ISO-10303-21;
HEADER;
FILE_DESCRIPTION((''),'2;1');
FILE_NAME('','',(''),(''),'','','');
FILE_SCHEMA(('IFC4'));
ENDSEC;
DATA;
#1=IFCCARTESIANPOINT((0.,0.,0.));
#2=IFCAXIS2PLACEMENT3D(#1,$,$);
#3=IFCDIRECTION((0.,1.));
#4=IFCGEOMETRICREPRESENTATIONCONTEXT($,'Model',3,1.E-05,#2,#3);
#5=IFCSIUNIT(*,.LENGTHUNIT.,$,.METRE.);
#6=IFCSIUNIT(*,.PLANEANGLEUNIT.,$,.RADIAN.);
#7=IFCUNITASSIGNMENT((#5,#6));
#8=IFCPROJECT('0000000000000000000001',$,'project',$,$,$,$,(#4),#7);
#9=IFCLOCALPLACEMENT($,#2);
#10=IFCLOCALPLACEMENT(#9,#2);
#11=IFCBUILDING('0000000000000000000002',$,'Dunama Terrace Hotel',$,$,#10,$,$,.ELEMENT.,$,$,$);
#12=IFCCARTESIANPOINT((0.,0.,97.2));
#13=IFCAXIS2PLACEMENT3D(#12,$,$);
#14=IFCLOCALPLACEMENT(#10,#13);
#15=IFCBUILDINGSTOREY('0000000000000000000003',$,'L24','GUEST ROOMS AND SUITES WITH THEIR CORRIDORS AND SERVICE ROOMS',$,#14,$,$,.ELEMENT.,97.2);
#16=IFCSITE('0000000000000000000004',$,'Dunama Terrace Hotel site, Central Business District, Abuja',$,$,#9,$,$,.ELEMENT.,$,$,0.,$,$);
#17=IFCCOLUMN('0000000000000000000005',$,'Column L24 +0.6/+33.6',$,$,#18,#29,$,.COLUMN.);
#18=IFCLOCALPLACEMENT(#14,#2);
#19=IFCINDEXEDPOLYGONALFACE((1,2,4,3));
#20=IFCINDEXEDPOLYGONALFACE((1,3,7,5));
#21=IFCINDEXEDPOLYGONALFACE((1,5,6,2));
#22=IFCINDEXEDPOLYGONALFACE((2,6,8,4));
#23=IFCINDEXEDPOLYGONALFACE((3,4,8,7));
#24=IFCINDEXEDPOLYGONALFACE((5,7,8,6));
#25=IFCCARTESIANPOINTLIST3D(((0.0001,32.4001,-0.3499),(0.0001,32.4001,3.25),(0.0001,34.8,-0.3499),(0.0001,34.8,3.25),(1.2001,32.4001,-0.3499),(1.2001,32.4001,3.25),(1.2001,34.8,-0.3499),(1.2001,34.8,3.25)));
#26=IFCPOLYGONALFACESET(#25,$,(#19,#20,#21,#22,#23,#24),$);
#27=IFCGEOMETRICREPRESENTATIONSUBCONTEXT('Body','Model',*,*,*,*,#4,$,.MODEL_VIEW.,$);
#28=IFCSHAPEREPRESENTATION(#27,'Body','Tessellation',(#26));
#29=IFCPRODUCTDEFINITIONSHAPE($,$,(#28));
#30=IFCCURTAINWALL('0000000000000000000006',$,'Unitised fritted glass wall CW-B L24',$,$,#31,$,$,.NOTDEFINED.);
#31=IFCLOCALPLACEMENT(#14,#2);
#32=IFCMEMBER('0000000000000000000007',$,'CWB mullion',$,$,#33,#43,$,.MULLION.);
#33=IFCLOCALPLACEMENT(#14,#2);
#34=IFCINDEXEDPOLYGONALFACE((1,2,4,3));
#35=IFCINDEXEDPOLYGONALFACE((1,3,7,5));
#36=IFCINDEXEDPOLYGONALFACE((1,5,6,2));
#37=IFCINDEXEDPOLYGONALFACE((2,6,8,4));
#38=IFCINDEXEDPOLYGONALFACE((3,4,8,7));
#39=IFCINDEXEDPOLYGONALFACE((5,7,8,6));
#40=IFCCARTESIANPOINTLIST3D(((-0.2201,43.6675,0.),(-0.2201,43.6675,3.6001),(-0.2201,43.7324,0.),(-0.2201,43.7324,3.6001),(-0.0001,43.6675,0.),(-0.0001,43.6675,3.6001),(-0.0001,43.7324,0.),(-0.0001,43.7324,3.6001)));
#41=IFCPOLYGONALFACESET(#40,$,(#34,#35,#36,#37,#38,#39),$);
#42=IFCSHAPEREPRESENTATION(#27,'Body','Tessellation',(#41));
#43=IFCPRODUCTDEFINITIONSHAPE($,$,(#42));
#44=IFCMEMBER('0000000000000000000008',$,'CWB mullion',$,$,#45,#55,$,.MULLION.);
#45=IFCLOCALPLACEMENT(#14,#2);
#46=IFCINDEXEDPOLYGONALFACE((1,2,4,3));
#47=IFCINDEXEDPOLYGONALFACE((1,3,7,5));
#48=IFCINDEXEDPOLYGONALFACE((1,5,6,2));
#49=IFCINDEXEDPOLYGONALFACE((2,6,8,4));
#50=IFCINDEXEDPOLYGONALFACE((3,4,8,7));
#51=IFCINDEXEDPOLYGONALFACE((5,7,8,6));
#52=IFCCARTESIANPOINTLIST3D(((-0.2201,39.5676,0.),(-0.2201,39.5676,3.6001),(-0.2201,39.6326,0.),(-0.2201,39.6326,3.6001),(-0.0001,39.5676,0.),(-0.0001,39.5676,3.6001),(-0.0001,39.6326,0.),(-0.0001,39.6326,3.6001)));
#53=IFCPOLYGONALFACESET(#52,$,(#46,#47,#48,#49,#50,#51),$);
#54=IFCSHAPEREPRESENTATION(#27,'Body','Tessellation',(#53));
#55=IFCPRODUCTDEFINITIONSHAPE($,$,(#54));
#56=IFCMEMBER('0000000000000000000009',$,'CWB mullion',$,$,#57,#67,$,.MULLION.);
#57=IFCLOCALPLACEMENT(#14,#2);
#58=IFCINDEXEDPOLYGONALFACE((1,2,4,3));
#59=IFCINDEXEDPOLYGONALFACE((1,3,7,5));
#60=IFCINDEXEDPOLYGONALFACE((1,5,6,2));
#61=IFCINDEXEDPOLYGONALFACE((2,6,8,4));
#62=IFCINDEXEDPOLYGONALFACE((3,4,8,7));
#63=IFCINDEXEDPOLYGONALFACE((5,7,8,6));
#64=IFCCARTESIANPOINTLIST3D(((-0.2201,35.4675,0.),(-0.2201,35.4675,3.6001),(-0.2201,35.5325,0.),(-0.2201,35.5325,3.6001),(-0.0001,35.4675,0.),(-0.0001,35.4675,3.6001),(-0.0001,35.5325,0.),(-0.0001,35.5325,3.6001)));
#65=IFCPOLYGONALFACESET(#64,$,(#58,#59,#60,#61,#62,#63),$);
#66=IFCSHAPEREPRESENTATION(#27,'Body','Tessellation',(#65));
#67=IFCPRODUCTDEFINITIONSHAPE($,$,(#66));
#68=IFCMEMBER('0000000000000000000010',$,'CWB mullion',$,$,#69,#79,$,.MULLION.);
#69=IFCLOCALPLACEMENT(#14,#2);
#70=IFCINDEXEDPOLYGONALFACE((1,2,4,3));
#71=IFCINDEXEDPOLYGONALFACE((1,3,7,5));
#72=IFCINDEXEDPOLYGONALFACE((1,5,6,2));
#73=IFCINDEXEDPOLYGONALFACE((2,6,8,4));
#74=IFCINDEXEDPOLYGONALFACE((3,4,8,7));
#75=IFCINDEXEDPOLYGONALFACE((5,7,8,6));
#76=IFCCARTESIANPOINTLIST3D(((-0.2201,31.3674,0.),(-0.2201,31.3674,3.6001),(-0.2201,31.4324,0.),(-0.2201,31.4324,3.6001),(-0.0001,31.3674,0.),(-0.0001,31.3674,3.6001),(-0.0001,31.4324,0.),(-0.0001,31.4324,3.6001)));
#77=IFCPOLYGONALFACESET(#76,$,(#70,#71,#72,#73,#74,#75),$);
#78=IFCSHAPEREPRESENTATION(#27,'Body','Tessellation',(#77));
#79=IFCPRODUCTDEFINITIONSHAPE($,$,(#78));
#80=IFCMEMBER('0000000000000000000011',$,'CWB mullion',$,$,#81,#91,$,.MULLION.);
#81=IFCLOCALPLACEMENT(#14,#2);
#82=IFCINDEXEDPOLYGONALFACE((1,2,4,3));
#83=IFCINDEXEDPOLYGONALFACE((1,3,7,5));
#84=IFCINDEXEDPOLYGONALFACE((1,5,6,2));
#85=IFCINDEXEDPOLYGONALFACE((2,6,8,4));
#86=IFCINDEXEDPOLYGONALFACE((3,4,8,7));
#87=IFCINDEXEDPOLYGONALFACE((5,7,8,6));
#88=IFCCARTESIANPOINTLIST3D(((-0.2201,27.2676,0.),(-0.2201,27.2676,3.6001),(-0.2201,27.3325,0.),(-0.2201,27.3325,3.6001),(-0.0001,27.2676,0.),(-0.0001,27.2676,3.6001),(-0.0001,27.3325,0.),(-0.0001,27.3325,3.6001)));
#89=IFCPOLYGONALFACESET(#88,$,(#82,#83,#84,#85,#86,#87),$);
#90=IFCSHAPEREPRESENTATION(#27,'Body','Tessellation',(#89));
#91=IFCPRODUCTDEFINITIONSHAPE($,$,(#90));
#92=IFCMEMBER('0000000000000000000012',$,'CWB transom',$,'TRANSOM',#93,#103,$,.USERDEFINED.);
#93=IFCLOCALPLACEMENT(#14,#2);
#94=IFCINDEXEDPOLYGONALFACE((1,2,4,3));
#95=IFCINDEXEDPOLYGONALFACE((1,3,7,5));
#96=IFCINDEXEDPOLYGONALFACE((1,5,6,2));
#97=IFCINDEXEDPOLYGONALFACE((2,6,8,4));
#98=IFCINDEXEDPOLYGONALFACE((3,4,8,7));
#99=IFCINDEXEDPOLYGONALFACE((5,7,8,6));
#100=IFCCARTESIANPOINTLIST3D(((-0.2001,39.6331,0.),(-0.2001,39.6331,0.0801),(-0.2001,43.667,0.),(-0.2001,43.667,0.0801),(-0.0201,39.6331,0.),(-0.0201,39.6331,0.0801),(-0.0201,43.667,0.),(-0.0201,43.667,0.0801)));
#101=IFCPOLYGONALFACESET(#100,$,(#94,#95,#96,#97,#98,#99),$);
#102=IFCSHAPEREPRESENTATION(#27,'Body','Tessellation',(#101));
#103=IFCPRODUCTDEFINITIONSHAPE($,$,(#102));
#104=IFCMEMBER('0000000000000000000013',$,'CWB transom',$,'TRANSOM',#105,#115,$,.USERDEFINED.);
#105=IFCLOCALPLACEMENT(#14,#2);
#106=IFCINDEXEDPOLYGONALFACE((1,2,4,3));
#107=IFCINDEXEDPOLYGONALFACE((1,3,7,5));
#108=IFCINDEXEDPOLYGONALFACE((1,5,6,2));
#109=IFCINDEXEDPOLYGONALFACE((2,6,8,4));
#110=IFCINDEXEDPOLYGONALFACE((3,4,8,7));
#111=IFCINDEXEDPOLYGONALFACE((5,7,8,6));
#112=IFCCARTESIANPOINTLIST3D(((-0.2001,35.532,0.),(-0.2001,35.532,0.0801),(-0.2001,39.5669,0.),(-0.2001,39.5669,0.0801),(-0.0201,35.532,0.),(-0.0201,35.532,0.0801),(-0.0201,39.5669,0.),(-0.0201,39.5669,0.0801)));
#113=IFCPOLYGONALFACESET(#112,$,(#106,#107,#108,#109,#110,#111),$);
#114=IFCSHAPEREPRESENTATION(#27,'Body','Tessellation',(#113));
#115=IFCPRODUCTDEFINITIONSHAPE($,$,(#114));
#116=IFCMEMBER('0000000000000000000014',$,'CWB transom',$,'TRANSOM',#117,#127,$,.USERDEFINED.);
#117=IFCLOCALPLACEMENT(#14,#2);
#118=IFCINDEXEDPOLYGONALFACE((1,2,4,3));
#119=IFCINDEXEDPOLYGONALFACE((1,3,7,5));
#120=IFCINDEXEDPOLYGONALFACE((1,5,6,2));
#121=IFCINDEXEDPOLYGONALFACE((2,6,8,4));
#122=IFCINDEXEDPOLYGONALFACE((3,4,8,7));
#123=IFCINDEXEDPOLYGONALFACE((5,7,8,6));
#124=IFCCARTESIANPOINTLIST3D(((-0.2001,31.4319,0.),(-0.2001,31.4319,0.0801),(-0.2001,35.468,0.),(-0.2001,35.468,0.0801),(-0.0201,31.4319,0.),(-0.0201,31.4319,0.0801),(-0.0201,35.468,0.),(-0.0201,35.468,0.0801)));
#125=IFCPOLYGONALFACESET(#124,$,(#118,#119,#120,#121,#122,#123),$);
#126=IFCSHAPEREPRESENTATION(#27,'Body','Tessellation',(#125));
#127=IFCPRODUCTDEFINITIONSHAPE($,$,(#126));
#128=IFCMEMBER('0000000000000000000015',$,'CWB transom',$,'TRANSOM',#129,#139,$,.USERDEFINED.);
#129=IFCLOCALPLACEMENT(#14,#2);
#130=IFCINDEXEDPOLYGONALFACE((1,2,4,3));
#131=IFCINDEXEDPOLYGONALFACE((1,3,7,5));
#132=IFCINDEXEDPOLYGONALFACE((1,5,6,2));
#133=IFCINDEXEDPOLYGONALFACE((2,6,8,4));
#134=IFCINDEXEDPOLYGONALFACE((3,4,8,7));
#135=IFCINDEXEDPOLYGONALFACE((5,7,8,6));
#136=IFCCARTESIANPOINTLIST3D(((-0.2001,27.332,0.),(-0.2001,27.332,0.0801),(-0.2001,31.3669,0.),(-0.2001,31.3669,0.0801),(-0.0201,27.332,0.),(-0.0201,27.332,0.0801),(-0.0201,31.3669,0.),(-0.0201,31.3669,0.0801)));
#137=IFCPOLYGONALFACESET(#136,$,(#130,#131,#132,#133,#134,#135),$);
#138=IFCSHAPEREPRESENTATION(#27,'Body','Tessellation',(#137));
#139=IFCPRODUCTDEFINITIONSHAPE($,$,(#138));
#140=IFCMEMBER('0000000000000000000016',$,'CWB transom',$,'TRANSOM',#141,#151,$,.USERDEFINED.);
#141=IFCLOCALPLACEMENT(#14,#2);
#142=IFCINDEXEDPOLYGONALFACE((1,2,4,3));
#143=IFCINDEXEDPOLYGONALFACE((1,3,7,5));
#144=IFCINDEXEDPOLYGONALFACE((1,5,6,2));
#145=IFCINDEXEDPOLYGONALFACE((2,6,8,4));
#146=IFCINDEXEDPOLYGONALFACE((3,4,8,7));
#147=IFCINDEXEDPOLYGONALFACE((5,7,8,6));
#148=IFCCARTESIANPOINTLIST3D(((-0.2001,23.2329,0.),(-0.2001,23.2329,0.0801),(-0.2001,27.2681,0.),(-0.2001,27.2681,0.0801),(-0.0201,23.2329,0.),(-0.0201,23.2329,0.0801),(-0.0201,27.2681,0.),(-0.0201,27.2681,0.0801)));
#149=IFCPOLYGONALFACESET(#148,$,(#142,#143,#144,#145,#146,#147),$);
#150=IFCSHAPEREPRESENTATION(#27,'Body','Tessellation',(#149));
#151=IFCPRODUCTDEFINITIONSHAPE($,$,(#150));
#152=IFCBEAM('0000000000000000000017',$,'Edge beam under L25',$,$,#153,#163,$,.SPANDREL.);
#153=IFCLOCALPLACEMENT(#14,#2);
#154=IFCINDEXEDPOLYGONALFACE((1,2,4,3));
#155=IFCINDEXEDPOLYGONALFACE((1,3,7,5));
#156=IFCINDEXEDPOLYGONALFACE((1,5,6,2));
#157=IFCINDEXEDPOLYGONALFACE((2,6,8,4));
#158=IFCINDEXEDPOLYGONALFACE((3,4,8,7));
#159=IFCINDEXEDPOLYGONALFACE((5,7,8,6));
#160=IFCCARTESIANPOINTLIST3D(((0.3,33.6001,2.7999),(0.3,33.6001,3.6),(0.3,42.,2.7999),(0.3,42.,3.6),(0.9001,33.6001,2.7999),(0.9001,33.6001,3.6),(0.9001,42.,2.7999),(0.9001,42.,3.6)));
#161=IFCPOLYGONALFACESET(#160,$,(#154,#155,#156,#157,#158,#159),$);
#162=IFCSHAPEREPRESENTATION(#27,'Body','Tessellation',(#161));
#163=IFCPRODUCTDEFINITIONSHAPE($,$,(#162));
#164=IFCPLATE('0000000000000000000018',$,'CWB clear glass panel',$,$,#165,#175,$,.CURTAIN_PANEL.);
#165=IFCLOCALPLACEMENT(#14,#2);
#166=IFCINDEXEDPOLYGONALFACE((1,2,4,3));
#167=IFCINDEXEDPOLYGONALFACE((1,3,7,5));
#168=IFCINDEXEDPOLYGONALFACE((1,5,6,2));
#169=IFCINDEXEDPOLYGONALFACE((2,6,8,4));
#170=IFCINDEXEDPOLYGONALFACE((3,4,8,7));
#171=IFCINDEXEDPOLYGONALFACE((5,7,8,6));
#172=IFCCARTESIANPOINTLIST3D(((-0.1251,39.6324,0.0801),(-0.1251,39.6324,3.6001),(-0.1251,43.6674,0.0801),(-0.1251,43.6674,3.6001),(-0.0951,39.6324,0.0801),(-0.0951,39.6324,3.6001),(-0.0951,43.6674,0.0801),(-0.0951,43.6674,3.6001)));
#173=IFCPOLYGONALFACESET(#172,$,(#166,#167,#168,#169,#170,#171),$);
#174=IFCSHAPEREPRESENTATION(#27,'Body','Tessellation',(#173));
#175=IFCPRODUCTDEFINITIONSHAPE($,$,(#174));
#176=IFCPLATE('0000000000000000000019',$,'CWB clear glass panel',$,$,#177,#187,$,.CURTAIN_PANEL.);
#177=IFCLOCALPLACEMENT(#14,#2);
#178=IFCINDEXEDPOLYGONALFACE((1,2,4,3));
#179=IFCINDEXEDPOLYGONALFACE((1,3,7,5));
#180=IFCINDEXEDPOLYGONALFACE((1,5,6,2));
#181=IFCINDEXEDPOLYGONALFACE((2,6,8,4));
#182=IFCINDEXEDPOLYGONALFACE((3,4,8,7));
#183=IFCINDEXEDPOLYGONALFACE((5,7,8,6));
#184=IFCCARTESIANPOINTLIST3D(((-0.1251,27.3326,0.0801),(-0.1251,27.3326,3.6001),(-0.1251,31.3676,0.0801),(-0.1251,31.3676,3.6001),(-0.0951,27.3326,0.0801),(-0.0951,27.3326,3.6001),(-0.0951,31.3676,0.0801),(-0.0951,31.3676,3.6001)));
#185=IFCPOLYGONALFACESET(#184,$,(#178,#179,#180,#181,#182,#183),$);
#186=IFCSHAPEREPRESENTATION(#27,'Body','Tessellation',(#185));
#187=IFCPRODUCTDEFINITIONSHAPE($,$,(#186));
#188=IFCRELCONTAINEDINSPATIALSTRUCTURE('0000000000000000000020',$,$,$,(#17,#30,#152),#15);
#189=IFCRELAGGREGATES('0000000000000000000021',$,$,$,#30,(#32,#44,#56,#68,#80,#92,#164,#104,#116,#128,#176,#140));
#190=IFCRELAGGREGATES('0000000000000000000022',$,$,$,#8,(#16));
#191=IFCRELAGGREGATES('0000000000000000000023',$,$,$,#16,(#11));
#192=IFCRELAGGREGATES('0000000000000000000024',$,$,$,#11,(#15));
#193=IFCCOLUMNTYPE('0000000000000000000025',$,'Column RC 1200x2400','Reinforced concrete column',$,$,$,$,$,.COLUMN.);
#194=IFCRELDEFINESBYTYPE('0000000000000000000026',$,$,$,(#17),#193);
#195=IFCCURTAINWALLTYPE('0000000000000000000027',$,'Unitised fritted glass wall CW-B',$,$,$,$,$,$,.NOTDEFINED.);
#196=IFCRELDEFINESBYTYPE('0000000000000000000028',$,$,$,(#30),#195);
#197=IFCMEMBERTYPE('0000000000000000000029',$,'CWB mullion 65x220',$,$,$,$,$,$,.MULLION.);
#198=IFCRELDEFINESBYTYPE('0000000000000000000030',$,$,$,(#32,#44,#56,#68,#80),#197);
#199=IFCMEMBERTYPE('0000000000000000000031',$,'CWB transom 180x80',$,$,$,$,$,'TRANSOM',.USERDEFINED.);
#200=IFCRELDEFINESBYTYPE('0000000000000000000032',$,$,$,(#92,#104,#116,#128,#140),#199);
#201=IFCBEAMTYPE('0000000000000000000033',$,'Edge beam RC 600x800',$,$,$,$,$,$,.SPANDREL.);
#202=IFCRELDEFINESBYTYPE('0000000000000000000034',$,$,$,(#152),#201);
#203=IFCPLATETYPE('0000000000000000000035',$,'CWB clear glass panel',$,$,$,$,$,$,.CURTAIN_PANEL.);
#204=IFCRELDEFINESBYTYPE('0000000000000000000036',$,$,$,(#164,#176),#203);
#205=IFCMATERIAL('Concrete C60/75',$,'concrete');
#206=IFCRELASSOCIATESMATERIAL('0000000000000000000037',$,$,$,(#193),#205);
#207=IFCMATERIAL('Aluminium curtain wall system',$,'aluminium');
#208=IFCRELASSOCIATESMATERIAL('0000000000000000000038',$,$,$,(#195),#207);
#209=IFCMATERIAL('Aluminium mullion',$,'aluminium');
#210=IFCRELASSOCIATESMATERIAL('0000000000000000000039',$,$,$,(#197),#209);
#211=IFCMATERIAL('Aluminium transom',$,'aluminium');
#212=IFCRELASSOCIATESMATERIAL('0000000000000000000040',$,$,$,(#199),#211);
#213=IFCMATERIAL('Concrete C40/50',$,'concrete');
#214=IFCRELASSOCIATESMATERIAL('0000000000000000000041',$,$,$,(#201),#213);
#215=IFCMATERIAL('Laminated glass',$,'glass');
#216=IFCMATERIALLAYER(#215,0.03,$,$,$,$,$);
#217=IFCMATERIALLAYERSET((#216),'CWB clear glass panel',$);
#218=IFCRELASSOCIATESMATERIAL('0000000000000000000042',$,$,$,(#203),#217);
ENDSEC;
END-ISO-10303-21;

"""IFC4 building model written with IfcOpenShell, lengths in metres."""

from ifc_helpers import new_model, si_unit, direction, frame, origin, origin_2d, place, context, subcontext, project, spatial, rectangle, extrude, material, layer, layer_set, material_profile, profile_set, type_object, element, aggregate, save


model = new_model("IFC4")

# Units and contexts
model_context = context("Model", 3, precision=1e-05, world=origin(), true_north=direction((0.0, 1.0)))
body_context = subcontext(model_context, "Body", "Model", "MODEL_VIEW")
ifc_project = project(units=[si_unit("LENGTHUNIT", "METRE"), si_unit("PLANEANGLEUNIT", "RADIAN")], contexts=[model_context])

# Site, building, storey
site_placement = place(None, origin())
site = spatial("IfcSite", under=ifc_project, at=site_placement, Name="Dunama Terrace Hotel site, Central Business District, Abuja", CompositionType="ELEMENT", RefElevation=0.0)
building_placement = place(site_placement, origin())
building = spatial("IfcBuilding", under=site, at=building_placement, Name="Dunama Terrace Hotel", CompositionType="ELEMENT")
storey_placement = place(building_placement, frame((0.0, 0.0, 97.2)))
storey = spatial("IfcBuildingStorey", under=building, at=storey_placement, Name="L24", Description="GUEST ROOMS AND SUITES WITH THEIR CORRIDORS AND SERVICE ROOMS", CompositionType="ELEMENT", Elevation=97.2)

# Column
ifc_material_1 = material(Name="Concrete C60/75", Category="concrete")
ifc_material_profile_1 = material_profile(ifc_material_1, rectangle(XDim=1.2, YDim=2.3999, at=origin_2d()), Name="RC 1200x2400")
ifc_profile_set_1 = profile_set([ifc_material_profile_1], Name="Concrete C60/75")
column_type = type_object("IfcColumnType", Name="Column RC 1200x2400", Description="Reinforced concrete column", PredefinedType="COLUMN", material=ifc_profile_set_1)
column_placement = place(storey_placement, frame((0.6001, 33.6001, -0.3499), z_axis=(0.0, 0.0, 1.0), x_axis=(1.0, 0.0, 0.0)))
element("IfcColumn", 1, at=column_placement, inside=storey, type_object=column_type, Name="Column L24 +0.6/+33.6", PredefinedType="COLUMN", context=body_context, shape_type="SweptSolid", body=[
    extrude(rectangle(XDim=1.2, YDim=2.3999, at=origin_2d()), origin(), (0.0, 0.0, 1.0), 3.5999),
])

# Curtain wall, members
ifc_material_2 = material(Name="Aluminium curtain wall system", Category="aluminium")
curtain_wall_type = type_object("IfcCurtainWallType", Name="Unitised fritted glass wall CW-B", PredefinedType="NOTDEFINED", material=ifc_material_2)
curtain_wall_placement = place(storey_placement, origin())
curtain_wall = element("IfcCurtainWall", 2, at=curtain_wall_placement, inside=storey, type_object=curtain_wall_type, Name="Unitised fritted glass wall CW-B L24", PredefinedType="NOTDEFINED")
ifc_material_3 = material(Name="Aluminium mullion", Category="aluminium")
ifc_material_profile_2 = material_profile(ifc_material_3, rectangle(XDim=0.0649, YDim=0.22, at=origin_2d()), Name="CWB MULLION 65X220")
ifc_profile_set_2 = profile_set([ifc_material_profile_2], Name="Aluminium mullion")
member_type_1 = type_object("IfcMemberType", Name="CWB mullion 65x220", PredefinedType="MULLION", material=ifc_profile_set_2)
member_1_placement = place(storey_placement, frame((-0.1101, 43.7, 0.0), z_axis=(0.0, 0.0, 1.0), x_axis=(0.0, -1.0, 0.0)))
member_1 = element("IfcMember", 3, at=member_1_placement, type_object=member_type_1, Name="CWB mullion", PredefinedType="MULLION", context=body_context, shape_type="SweptSolid", body=[
    extrude(rectangle(XDim=0.0649, YDim=0.22, at=origin_2d()), origin(), (0.0, 0.0, 1.0), 3.6001),
])
member_2_placement = place(storey_placement, frame((-0.1101, 39.6001, 0.0), z_axis=(0.0, 0.0, 1.0), x_axis=(0.0, -1.0, 0.0)))
member_2 = element("IfcMember", 4, at=member_2_placement, type_object=member_type_1, Name="CWB mullion", PredefinedType="MULLION", context=body_context, shape_type="SweptSolid", body=[
    extrude(rectangle(XDim=0.0649, YDim=0.22, at=origin_2d()), origin(), (0.0, 0.0, 1.0), 3.6001),
])
member_3_placement = place(storey_placement, frame((-0.1101, 35.5, 0.0), z_axis=(0.0, 0.0, 1.0), x_axis=(0.0, -1.0, 0.0)))
member_3 = element("IfcMember", 5, at=member_3_placement, type_object=member_type_1, Name="CWB mullion", PredefinedType="MULLION", context=body_context, shape_type="SweptSolid", body=[
    extrude(rectangle(XDim=0.0649, YDim=0.22, at=origin_2d()), origin(), (0.0, 0.0, 1.0), 3.6001),
])
member_4_placement = place(storey_placement, frame((-0.1101, 31.3999, 0.0), z_axis=(0.0, 0.0, 1.0), x_axis=(0.0, -1.0, 0.0)))
member_4 = element("IfcMember", 6, at=member_4_placement, type_object=member_type_1, Name="CWB mullion", PredefinedType="MULLION", context=body_context, shape_type="SweptSolid", body=[
    extrude(rectangle(XDim=0.0649, YDim=0.22, at=origin_2d()), origin(), (0.0, 0.0, 1.0), 3.6001),
])
member_5_placement = place(storey_placement, frame((-0.1101, 27.3, 0.0), z_axis=(0.0, 0.0, 1.0), x_axis=(0.0, -1.0, 0.0)))
member_5 = element("IfcMember", 7, at=member_5_placement, type_object=member_type_1, Name="CWB mullion", PredefinedType="MULLION", context=body_context, shape_type="SweptSolid", body=[
    extrude(rectangle(XDim=0.0649, YDim=0.22, at=origin_2d()), origin(), (0.0, 0.0, 1.0), 3.6001),
])
ifc_material_4 = material(Name="Aluminium transom", Category="aluminium")
ifc_material_profile_3 = material_profile(ifc_material_4, rectangle(XDim=0.1799, YDim=0.0801, at=origin_2d()), Name="CWB TRANSOM 180X80")
ifc_profile_set_3 = profile_set([ifc_material_profile_3], Name="Aluminium transom")
member_type_2 = type_object("IfcMemberType", Name="CWB transom 180x80", ElementType="TRANSOM", PredefinedType="USERDEFINED", material=ifc_profile_set_3)
member_6_placement = place(storey_placement, frame((-0.1101, 43.667, 0.04), z_axis=(0.0, -1.0, 0.0), x_axis=(1.0, 0.0, 0.0)))
member_6 = element("IfcMember", 8, at=member_6_placement, type_object=member_type_2, Name="CWB transom", ObjectType="TRANSOM", PredefinedType="USERDEFINED", context=body_context, shape_type="SweptSolid", body=[
    extrude(rectangle(XDim=0.1799, YDim=0.0801, at=origin_2d()), origin(), (0.0, 0.0, 1.0), 4.0339),
])
member_7_placement = place(storey_placement, frame((-0.1101, 39.5669, 0.04), z_axis=(0.0, -1.0, 0.0), x_axis=(1.0, 0.0, 0.0)))
member_7 = element("IfcMember", 9, at=member_7_placement, type_object=member_type_2, Name="CWB transom", ObjectType="TRANSOM", PredefinedType="USERDEFINED", context=body_context, shape_type="SweptSolid", body=[
    extrude(rectangle(XDim=0.1799, YDim=0.0801, at=origin_2d()), origin(), (0.0, 0.0, 1.0), 4.0349),
])
member_8_placement = place(storey_placement, frame((-0.1101, 35.468, 0.04), z_axis=(0.0, -1.0, 0.0), x_axis=(1.0, 0.0, 0.0)))
member_8 = element("IfcMember", 10, at=member_8_placement, type_object=member_type_2, Name="CWB transom", ObjectType="TRANSOM", PredefinedType="USERDEFINED", context=body_context, shape_type="SweptSolid", body=[
    extrude(rectangle(XDim=0.1799, YDim=0.0801, at=origin_2d()), origin(), (0.0, 0.0, 1.0), 4.0361),
])
member_9_placement = place(storey_placement, frame((-0.1101, 31.3669, 0.04), z_axis=(0.0, -1.0, 0.0), x_axis=(1.0, 0.0, 0.0)))
member_9 = element("IfcMember", 11, at=member_9_placement, type_object=member_type_2, Name="CWB transom", ObjectType="TRANSOM", PredefinedType="USERDEFINED", context=body_context, shape_type="SweptSolid", body=[
    extrude(rectangle(XDim=0.1799, YDim=0.0801, at=origin_2d()), origin(), (0.0, 0.0, 1.0), 4.0349),
])
member_10_placement = place(storey_placement, frame((-0.1101, 27.2681, 0.04), z_axis=(0.0, -1.0, 0.0), x_axis=(1.0, 0.0, 0.0)))
member_10 = element("IfcMember", 12, at=member_10_placement, type_object=member_type_2, Name="CWB transom", ObjectType="TRANSOM", PredefinedType="USERDEFINED", context=body_context, shape_type="SweptSolid", body=[
    extrude(rectangle(XDim=0.1799, YDim=0.0801, at=origin_2d()), origin(), (0.0, 0.0, 1.0), 4.0352),
])

# Beam
ifc_material_5 = material(Name="Concrete C40/50", Category="concrete")
ifc_material_profile_4 = material_profile(ifc_material_5, rectangle(XDim=0.6001, YDim=0.8, at=origin_2d()), Name="RC 600x800")
ifc_profile_set_4 = profile_set([ifc_material_profile_4], Name="Concrete C40/50")
beam_type = type_object("IfcBeamType", Name="Edge beam RC 600x800", PredefinedType="SPANDREL", material=ifc_profile_set_4)
beam_placement = place(storey_placement, frame((0.6001, 33.6001, 3.2), z_axis=(0.0, 1.0, 0.0), x_axis=(-1.0, 0.0, 0.0)))
element("IfcBeam", 13, at=beam_placement, inside=storey, type_object=beam_type, Name="Edge beam under L25", PredefinedType="SPANDREL", context=body_context, shape_type="SweptSolid", body=[
    extrude(rectangle(XDim=0.6001, YDim=0.8, at=origin_2d()), origin(), (0.0, 0.0, 1.0), 8.3999),
])

# Plates
ifc_material_6 = material(Name="Laminated glass", Category="glass")
ifc_layer_1 = layer(ifc_material_6, 0.03)
ifc_layer_set_1 = layer_set([ifc_layer_1], Name="CWB clear glass panel")
plate_type_1 = type_object("IfcPlateType", Name="CWB clear glass panel", PredefinedType="CURTAIN_PANEL", material=ifc_layer_set_1)
plate_1_placement = place(storey_placement, frame((-0.1101, 41.6499, 0.0801), z_axis=(0.0, 0.0, 1.0), x_axis=(0.0, -1.0, 0.0)))
plate_1 = element("IfcPlate", 14, at=plate_1_placement, type_object=plate_type_1, Name="CWB clear glass panel", PredefinedType="CURTAIN_PANEL", context=body_context, shape_type="SweptSolid", body=[
    extrude(rectangle(XDim=4.0349, YDim=0.03, at=origin_2d()), origin(), (0.0, 0.0, 1.0), 3.52),
])
plate_2_placement = place(storey_placement, frame((-0.1101, 29.3501, 0.0801), z_axis=(0.0, 0.0, 1.0), x_axis=(0.0, -1.0, 0.0)))
plate_2 = element("IfcPlate", 15, at=plate_2_placement, type_object=plate_type_1, Name="CWB clear glass panel", PredefinedType="CURTAIN_PANEL", context=body_context, shape_type="SweptSolid", body=[
    extrude(rectangle(XDim=4.0349, YDim=0.03, at=origin_2d()), origin(), (0.0, 0.0, 1.0), 3.52),
])
aggregate(curtain_wall, [member_1, member_2, member_3, member_4, member_5, member_6, plate_1, member_7, member_8, member_9, plate_2, member_10])

save(model, "model.ifc")
